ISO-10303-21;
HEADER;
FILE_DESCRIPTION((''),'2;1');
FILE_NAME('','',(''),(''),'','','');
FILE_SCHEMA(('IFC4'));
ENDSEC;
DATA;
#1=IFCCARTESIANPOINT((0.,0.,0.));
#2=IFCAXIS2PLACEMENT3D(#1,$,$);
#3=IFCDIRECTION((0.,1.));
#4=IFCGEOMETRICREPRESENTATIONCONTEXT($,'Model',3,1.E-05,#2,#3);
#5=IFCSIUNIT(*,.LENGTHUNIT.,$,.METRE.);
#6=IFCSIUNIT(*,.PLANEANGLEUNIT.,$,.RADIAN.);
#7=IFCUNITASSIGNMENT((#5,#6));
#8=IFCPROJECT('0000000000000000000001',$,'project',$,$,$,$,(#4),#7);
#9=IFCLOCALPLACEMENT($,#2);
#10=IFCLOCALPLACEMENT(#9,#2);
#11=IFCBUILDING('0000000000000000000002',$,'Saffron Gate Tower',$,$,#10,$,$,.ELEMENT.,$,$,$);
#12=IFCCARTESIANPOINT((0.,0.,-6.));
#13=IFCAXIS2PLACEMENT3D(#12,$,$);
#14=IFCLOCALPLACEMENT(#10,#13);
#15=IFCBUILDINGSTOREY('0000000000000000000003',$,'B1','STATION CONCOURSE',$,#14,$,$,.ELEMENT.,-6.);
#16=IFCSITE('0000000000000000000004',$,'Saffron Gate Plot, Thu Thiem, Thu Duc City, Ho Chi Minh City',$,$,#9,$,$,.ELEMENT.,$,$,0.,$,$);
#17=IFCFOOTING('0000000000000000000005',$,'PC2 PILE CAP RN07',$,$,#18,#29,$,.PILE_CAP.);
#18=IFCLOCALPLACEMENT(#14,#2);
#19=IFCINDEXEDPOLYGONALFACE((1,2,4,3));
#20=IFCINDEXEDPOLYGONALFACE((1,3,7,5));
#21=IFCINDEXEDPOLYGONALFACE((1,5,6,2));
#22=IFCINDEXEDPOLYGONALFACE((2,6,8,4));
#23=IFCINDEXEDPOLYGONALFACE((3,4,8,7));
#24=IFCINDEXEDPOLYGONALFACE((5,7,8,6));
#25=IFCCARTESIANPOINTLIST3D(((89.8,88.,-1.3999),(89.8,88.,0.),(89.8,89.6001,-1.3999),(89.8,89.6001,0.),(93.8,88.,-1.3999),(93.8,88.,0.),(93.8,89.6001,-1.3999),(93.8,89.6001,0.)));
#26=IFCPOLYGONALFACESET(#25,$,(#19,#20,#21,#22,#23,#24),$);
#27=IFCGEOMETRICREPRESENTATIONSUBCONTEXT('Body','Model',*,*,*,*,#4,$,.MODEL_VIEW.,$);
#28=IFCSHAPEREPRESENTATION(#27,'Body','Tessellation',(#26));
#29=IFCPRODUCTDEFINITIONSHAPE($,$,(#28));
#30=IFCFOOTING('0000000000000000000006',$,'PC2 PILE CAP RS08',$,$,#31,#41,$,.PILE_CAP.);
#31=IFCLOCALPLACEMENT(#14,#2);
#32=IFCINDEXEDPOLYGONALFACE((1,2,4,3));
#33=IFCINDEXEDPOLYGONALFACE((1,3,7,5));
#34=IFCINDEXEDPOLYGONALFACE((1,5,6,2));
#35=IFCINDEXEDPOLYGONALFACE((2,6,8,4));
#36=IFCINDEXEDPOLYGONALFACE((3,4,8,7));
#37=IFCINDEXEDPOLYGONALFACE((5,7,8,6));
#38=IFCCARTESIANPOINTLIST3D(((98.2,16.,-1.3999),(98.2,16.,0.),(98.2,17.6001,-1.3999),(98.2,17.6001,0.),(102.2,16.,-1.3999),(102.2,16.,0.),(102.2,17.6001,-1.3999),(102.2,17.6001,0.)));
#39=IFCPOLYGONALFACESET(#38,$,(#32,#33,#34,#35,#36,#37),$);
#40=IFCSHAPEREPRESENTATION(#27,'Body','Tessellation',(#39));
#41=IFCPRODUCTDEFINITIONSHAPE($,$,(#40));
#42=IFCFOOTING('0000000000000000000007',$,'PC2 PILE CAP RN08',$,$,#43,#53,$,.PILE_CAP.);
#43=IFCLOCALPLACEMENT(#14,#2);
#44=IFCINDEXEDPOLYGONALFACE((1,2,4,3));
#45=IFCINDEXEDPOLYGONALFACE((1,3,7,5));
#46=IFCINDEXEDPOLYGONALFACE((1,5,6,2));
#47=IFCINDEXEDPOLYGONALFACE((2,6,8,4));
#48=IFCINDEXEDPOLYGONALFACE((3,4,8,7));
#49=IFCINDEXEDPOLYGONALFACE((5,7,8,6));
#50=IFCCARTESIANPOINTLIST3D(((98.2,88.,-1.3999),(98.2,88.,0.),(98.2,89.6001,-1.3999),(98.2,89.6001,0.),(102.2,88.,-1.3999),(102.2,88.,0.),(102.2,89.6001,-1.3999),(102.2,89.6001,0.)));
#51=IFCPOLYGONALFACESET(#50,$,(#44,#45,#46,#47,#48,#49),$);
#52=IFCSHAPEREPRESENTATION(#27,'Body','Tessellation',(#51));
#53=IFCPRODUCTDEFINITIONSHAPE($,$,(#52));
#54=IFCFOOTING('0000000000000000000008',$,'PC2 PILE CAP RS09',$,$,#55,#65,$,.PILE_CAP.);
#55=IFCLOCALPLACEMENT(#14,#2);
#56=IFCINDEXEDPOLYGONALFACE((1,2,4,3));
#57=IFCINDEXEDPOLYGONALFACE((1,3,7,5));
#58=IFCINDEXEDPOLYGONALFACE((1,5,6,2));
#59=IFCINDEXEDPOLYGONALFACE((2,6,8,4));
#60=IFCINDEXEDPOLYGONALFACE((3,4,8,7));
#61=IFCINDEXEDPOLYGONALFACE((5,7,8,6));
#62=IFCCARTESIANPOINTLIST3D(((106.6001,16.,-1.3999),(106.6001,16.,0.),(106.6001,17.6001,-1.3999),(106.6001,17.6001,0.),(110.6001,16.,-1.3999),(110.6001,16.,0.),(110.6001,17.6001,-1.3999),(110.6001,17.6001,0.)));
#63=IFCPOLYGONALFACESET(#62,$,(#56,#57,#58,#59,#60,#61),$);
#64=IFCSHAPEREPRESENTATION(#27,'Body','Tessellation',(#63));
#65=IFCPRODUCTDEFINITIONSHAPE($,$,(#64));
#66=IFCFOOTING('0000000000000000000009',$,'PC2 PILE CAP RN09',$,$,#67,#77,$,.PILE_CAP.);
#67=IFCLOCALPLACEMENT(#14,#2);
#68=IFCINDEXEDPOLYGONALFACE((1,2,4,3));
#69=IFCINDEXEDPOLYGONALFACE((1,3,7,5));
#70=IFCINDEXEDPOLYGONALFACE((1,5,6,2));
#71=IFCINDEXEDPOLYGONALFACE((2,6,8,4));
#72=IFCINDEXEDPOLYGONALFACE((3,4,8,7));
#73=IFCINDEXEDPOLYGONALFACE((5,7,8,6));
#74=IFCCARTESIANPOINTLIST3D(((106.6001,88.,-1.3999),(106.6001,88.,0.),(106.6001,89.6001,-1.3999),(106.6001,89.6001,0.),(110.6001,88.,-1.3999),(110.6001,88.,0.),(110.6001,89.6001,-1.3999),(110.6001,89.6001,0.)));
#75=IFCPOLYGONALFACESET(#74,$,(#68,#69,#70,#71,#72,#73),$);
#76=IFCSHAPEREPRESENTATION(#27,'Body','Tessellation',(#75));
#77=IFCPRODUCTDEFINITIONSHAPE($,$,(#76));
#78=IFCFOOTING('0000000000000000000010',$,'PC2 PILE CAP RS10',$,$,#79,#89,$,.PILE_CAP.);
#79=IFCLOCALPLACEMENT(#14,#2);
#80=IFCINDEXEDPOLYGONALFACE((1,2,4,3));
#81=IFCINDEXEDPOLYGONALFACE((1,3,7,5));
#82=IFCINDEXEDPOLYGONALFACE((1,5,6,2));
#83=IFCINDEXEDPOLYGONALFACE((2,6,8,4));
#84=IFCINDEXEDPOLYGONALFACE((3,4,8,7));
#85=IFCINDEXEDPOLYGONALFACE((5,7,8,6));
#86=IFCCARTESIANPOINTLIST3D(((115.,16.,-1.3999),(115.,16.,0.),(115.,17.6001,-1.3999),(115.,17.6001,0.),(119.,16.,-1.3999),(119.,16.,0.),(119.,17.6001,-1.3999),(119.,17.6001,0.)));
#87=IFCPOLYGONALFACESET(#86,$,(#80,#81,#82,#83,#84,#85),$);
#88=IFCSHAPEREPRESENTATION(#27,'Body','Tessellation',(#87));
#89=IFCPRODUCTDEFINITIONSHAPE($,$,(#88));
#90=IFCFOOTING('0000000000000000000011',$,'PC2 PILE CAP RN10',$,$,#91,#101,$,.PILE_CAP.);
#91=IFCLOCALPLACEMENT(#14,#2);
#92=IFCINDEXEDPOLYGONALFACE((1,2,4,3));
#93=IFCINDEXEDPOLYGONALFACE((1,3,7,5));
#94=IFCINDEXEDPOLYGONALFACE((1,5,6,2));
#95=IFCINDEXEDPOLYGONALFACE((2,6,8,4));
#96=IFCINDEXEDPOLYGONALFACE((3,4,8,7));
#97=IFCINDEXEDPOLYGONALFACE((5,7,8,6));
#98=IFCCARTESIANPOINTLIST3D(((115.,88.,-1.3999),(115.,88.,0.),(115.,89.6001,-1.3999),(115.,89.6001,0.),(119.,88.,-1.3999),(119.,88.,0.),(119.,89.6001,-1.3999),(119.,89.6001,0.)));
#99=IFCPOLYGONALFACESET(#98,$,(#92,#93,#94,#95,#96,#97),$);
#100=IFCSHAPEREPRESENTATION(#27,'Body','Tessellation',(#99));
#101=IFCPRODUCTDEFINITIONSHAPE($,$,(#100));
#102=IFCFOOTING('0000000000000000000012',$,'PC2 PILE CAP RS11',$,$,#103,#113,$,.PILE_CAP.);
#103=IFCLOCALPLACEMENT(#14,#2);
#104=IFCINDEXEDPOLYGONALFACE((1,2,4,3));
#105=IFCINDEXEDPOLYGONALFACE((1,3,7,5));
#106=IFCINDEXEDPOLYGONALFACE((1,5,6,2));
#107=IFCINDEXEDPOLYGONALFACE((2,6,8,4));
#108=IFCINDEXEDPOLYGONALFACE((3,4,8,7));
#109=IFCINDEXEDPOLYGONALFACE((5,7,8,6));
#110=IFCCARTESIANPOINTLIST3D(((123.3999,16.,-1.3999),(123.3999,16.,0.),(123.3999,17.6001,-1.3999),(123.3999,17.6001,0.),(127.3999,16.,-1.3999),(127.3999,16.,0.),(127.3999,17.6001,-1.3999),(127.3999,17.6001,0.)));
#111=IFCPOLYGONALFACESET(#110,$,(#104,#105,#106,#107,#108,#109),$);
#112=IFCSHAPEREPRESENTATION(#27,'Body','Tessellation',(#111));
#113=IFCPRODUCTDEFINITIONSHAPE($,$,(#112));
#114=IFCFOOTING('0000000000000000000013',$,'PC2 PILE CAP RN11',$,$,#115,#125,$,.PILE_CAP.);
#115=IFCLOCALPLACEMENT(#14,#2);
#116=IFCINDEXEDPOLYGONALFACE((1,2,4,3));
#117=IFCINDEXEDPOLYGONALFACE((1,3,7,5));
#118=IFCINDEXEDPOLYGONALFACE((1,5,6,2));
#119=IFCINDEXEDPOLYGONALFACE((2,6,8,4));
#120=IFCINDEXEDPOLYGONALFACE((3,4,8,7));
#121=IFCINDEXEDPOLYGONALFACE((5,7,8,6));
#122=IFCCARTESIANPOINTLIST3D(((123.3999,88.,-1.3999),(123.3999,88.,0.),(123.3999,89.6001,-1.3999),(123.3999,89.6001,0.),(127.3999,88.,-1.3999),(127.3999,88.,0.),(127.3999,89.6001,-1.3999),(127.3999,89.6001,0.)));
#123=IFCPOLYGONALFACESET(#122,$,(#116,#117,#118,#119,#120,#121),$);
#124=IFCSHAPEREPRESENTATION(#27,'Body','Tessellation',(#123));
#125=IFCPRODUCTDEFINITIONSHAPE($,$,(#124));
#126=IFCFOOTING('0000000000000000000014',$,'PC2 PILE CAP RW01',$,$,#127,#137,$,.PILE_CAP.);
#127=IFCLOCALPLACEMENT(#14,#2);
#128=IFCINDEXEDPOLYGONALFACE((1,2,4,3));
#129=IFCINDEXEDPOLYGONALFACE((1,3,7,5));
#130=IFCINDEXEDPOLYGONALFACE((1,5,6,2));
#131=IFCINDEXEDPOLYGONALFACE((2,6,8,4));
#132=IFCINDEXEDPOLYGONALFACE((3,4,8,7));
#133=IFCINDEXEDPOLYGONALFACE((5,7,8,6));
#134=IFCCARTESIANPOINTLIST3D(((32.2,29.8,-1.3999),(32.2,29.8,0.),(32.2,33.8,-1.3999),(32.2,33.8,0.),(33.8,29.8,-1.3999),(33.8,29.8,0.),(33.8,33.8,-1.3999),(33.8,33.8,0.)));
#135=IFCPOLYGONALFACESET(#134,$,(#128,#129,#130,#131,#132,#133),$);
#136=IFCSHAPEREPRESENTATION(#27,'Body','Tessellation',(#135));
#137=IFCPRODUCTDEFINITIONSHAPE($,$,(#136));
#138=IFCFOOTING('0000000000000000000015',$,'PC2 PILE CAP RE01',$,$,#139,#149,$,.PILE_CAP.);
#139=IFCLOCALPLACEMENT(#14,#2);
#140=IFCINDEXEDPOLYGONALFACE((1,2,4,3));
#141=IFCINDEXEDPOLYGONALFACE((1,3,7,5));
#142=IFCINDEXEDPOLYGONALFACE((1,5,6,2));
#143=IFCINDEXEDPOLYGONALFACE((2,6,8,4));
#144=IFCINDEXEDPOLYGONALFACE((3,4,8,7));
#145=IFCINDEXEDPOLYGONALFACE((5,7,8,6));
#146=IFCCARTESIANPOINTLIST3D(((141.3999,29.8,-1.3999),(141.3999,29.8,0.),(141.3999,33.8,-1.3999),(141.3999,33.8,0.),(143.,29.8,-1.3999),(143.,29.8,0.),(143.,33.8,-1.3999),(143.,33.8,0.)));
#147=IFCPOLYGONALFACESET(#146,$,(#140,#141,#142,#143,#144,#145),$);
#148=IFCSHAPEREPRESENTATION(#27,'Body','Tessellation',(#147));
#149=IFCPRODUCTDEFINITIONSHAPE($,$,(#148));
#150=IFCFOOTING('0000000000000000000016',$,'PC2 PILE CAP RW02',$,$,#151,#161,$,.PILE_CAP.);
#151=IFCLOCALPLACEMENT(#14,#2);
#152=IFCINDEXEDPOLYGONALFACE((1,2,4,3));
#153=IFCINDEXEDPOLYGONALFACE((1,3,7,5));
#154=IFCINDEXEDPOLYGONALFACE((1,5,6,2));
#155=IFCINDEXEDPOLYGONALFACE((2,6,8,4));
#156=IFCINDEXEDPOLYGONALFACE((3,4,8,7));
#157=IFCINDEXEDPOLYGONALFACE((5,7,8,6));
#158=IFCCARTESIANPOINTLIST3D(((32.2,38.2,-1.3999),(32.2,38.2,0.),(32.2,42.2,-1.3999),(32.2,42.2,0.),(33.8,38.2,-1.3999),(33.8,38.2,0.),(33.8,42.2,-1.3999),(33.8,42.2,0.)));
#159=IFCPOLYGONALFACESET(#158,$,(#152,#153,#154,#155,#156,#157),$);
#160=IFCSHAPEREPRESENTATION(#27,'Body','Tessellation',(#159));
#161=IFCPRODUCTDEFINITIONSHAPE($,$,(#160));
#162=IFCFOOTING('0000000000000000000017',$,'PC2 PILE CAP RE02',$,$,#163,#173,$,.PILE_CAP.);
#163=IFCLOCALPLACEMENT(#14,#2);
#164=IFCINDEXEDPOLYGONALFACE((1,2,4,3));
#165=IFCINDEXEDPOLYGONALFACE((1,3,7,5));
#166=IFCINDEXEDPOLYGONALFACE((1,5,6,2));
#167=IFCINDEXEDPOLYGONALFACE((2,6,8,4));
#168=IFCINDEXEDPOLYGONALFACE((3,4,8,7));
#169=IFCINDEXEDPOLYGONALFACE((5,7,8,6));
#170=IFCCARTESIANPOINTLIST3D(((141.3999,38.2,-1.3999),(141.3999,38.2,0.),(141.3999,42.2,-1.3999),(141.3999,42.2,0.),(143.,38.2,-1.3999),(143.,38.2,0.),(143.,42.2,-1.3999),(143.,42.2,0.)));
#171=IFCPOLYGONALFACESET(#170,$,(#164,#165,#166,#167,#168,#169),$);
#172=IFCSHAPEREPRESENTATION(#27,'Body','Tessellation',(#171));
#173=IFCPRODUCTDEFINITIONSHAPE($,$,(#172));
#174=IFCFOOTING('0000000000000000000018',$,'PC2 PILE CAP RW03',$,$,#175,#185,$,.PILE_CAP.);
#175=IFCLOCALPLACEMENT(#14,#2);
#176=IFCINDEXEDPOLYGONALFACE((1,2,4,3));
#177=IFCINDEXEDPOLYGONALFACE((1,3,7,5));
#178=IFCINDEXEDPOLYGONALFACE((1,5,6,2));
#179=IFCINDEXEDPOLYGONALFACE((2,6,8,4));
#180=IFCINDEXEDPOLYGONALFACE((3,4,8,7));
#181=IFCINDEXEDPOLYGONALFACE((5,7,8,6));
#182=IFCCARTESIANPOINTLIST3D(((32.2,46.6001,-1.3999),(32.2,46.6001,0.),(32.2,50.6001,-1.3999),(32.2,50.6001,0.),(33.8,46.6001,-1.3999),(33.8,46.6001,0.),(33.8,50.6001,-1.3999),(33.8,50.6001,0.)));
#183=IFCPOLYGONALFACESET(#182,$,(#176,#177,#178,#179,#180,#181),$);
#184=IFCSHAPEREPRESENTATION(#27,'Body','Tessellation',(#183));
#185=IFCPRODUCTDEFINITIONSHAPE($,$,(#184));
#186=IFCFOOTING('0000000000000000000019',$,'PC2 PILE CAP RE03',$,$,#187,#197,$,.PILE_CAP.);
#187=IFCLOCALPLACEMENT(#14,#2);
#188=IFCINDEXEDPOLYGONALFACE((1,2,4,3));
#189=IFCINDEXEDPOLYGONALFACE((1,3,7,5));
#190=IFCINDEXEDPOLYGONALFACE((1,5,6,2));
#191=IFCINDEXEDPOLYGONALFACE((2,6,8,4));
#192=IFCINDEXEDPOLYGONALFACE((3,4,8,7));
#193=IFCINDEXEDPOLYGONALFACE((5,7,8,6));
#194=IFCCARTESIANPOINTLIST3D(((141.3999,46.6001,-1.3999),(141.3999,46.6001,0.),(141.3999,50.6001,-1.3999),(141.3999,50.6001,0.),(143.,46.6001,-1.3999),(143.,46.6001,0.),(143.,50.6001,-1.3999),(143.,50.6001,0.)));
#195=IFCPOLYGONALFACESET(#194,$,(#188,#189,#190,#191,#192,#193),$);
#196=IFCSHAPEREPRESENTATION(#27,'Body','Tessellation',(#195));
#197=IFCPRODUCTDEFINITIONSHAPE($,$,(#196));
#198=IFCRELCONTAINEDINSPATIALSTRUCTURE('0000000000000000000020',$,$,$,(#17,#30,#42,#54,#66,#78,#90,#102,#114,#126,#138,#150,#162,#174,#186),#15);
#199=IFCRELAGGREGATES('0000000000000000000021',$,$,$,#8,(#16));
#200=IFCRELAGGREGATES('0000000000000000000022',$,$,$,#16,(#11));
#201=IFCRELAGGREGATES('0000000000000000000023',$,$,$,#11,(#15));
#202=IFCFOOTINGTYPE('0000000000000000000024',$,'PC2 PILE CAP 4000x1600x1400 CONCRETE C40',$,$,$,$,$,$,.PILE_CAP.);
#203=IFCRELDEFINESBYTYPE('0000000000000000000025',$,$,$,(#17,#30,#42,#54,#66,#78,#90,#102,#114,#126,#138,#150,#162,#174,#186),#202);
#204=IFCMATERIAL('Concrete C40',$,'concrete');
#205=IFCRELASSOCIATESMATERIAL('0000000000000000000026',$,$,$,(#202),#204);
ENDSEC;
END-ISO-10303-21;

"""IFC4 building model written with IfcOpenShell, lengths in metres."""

from ifc_helpers import new_model, si_unit, direction, frame, origin, place, context, subcontext, project, spatial, polyline, outline, extrude, material, type_object, element, save


model = new_model("IFC4")

# Units and contexts
model_context = context("Model", 3, precision=1e-05, world=origin(), true_north=direction((0.0, 1.0)))
body_context = subcontext(model_context, "Body", "Model", "MODEL_VIEW")
ifc_project = project(units=[si_unit("LENGTHUNIT", "METRE"), si_unit("PLANEANGLEUNIT", "RADIAN")], contexts=[model_context])

# Site, building, storey
site_placement = place(None, origin())
site = spatial("IfcSite", under=ifc_project, at=site_placement, Name="Saffron Gate Plot, Thu Thiem, Thu Duc City, Ho Chi Minh City", CompositionType="ELEMENT", RefElevation=0.0)
building_placement = place(site_placement, origin())
building = spatial("IfcBuilding", under=site, at=building_placement, Name="Saffron Gate Tower", CompositionType="ELEMENT")
storey_placement = place(building_placement, frame((0.0, 0.0, -6.0)))
storey = spatial("IfcBuildingStorey", under=building, at=storey_placement, Name="B1", Description="STATION CONCOURSE", CompositionType="ELEMENT", Elevation=-6.0)

# Footings
ifc_material = material(Name="Concrete C40", Category="concrete")
footing_type_1 = type_object("IfcFootingType", Name="PC2 PILE CAP 4000x1600x1400 CONCRETE C40", PredefinedType="PILE_CAP", material=ifc_material)
footing_1_placement = place(storey_placement, frame((0.0, 0.0, -1.3999)))
element("IfcFooting", 1, at=footing_1_placement, inside=storey, type_object=footing_type_1, Name="PC2 PILE CAP RN07", PredefinedType="PILE_CAP", context=body_context, shape_type="SweptSolid", body=[
    extrude(outline(polyline([(89.8, 88.0), (93.8, 88.0), (93.8, 89.6001), (89.8, 89.6001), (89.8, 88.0)])), origin(), (0.0, 0.0, 1.0), 1.3999),
])
footing_2_placement = place(storey_placement, frame((0.0, 0.0, -1.3999)))
element("IfcFooting", 2, at=footing_2_placement, inside=storey, type_object=footing_type_1, Name="PC2 PILE CAP RS08", PredefinedType="PILE_CAP", context=body_context, shape_type="SweptSolid", body=[
    extrude(outline(polyline([(98.2, 16.0), (102.2, 16.0), (102.2, 17.6001), (98.2, 17.6001), (98.2, 16.0)])), origin(), (0.0, 0.0, 1.0), 1.3999),
])
footing_3_placement = place(storey_placement, frame((0.0, 0.0, -1.3999)))
element("IfcFooting", 3, at=footing_3_placement, inside=storey, type_object=footing_type_1, Name="PC2 PILE CAP RN08", PredefinedType="PILE_CAP", context=body_context, shape_type="SweptSolid", body=[
    extrude(outline(polyline([(98.2, 88.0), (102.2, 88.0), (102.2, 89.6001), (98.2, 89.6001), (98.2, 88.0)])), origin(), (0.0, 0.0, 1.0), 1.3999),
])
footing_4_placement = place(storey_placement, frame((0.0, 0.0, -1.3999)))
element("IfcFooting", 4, at=footing_4_placement, inside=storey, type_object=footing_type_1, Name="PC2 PILE CAP RS09", PredefinedType="PILE_CAP", context=body_context, shape_type="SweptSolid", body=[
    extrude(outline(polyline([(106.6001, 16.0), (110.6001, 16.0), (110.6001, 17.6001), (106.6001, 17.6001), (106.6001, 16.0)])), origin(), (0.0, 0.0, 1.0), 1.3999),
])
footing_5_placement = place(storey_placement, frame((0.0, 0.0, -1.3999)))
element("IfcFooting", 5, at=footing_5_placement, inside=storey, type_object=footing_type_1, Name="PC2 PILE CAP RN09", PredefinedType="PILE_CAP", context=body_context, shape_type="SweptSolid", body=[
    extrude(outline(polyline([(106.6001, 88.0), (110.6001, 88.0), (110.6001, 89.6001), (106.6001, 89.6001), (106.6001, 88.0)])), origin(), (0.0, 0.0, 1.0), 1.3999),
])
footing_6_placement = place(storey_placement, frame((0.0, 0.0, -1.3999)))
element("IfcFooting", 6, at=footing_6_placement, inside=storey, type_object=footing_type_1, Name="PC2 PILE CAP RS10", PredefinedType="PILE_CAP", context=body_context, shape_type="SweptSolid", body=[
    extrude(outline(polyline([(115.0, 16.0), (119.0, 16.0), (119.0, 17.6001), (115.0, 17.6001), (115.0, 16.0)])), origin(), (0.0, 0.0, 1.0), 1.3999),
])
footing_7_placement = place(storey_placement, frame((0.0, 0.0, -1.3999)))
element("IfcFooting", 7, at=footing_7_placement, inside=storey, type_object=footing_type_1, Name="PC2 PILE CAP RN10", PredefinedType="PILE_CAP", context=body_context, shape_type="SweptSolid", body=[
    extrude(outline(polyline([(115.0, 88.0), (119.0, 88.0), (119.0, 89.6001), (115.0, 89.6001), (115.0, 88.0)])), origin(), (0.0, 0.0, 1.0), 1.3999),
])
footing_8_placement = place(storey_placement, frame((0.0, 0.0, -1.3999)))
element("IfcFooting", 8, at=footing_8_placement, inside=storey, type_object=footing_type_1, Name="PC2 PILE CAP RS11", PredefinedType="PILE_CAP", context=body_context, shape_type="SweptSolid", body=[
    extrude(outline(polyline([(123.3999, 16.0), (127.3999, 16.0), (127.3999, 17.6001), (123.3999, 17.6001), (123.3999, 16.0)])), origin(), (0.0, 0.0, 1.0), 1.3999),
])
footing_9_placement = place(storey_placement, frame((0.0, 0.0, -1.3999)))
element("IfcFooting", 9, at=footing_9_placement, inside=storey, type_object=footing_type_1, Name="PC2 PILE CAP RN11", PredefinedType="PILE_CAP", context=body_context, shape_type="SweptSolid", body=[
    extrude(outline(polyline([(123.3999, 88.0), (127.3999, 88.0), (127.3999, 89.6001), (123.3999, 89.6001), (123.3999, 88.0)])), origin(), (0.0, 0.0, 1.0), 1.3999),
])
footing_10_placement = place(storey_placement, frame((0.0, 0.0, -1.3999)))
element("IfcFooting", 10, at=footing_10_placement, inside=storey, type_object=footing_type_1, Name="PC2 PILE CAP RW01", PredefinedType="PILE_CAP", context=body_context, shape_type="SweptSolid", body=[
    extrude(outline(polyline([(32.2, 29.8), (33.8, 29.8), (33.8, 33.8), (32.2, 33.8), (32.2, 29.8)])), origin(), (0.0, 0.0, 1.0), 1.3999),
])
footing_11_placement = place(storey_placement, frame((0.0, 0.0, -1.3999)))
element("IfcFooting", 11, at=footing_11_placement, inside=storey, type_object=footing_type_1, Name="PC2 PILE CAP RE01", PredefinedType="PILE_CAP", context=body_context, shape_type="SweptSolid", body=[
    extrude(outline(polyline([(141.3999, 29.8), (143.0, 29.8), (143.0, 33.8), (141.3999, 33.8), (141.3999, 29.8)])), origin(), (0.0, 0.0, 1.0), 1.3999),
])
footing_12_placement = place(storey_placement, frame((0.0, 0.0, -1.3999)))
element("IfcFooting", 12, at=footing_12_placement, inside=storey, type_object=footing_type_1, Name="PC2 PILE CAP RW02", PredefinedType="PILE_CAP", context=body_context, shape_type="SweptSolid", body=[
    extrude(outline(polyline([(32.2, 38.2), (33.8, 38.2), (33.8, 42.2), (32.2, 42.2), (32.2, 38.2)])), origin(), (0.0, 0.0, 1.0), 1.3999),
])
footing_13_placement = place(storey_placement, frame((0.0, 0.0, -1.3999)))
element("IfcFooting", 13, at=footing_13_placement, inside=storey, type_object=footing_type_1, Name="PC2 PILE CAP RE02", PredefinedType="PILE_CAP", context=body_context, shape_type="SweptSolid", body=[
    extrude(outline(polyline([(141.3999, 38.2), (143.0, 38.2), (143.0, 42.2), (141.3999, 42.2), (141.3999, 38.2)])), origin(), (0.0, 0.0, 1.0), 1.3999),
])
footing_14_placement = place(storey_placement, frame((0.0, 0.0, -1.3999)))
element("IfcFooting", 14, at=footing_14_placement, inside=storey, type_object=footing_type_1, Name="PC2 PILE CAP RW03", PredefinedType="PILE_CAP", context=body_context, shape_type="SweptSolid", body=[
    extrude(outline(polyline([(32.2, 46.6001), (33.8, 46.6001), (33.8, 50.6001), (32.2, 50.6001), (32.2, 46.6001)])), origin(), (0.0, 0.0, 1.0), 1.3999),
])
footing_15_placement = place(storey_placement, frame((0.0, 0.0, -1.3999)))
element("IfcFooting", 15, at=footing_15_placement, inside=storey, type_object=footing_type_1, Name="PC2 PILE CAP RE03", PredefinedType="PILE_CAP", context=body_context, shape_type="SweptSolid", body=[
    extrude(outline(polyline([(141.3999, 46.6001), (143.0, 46.6001), (143.0, 50.6001), (141.3999, 50.6001), (141.3999, 46.6001)])), origin(), (0.0, 0.0, 1.0), 1.3999),
])

save(model, "model.ifc")
